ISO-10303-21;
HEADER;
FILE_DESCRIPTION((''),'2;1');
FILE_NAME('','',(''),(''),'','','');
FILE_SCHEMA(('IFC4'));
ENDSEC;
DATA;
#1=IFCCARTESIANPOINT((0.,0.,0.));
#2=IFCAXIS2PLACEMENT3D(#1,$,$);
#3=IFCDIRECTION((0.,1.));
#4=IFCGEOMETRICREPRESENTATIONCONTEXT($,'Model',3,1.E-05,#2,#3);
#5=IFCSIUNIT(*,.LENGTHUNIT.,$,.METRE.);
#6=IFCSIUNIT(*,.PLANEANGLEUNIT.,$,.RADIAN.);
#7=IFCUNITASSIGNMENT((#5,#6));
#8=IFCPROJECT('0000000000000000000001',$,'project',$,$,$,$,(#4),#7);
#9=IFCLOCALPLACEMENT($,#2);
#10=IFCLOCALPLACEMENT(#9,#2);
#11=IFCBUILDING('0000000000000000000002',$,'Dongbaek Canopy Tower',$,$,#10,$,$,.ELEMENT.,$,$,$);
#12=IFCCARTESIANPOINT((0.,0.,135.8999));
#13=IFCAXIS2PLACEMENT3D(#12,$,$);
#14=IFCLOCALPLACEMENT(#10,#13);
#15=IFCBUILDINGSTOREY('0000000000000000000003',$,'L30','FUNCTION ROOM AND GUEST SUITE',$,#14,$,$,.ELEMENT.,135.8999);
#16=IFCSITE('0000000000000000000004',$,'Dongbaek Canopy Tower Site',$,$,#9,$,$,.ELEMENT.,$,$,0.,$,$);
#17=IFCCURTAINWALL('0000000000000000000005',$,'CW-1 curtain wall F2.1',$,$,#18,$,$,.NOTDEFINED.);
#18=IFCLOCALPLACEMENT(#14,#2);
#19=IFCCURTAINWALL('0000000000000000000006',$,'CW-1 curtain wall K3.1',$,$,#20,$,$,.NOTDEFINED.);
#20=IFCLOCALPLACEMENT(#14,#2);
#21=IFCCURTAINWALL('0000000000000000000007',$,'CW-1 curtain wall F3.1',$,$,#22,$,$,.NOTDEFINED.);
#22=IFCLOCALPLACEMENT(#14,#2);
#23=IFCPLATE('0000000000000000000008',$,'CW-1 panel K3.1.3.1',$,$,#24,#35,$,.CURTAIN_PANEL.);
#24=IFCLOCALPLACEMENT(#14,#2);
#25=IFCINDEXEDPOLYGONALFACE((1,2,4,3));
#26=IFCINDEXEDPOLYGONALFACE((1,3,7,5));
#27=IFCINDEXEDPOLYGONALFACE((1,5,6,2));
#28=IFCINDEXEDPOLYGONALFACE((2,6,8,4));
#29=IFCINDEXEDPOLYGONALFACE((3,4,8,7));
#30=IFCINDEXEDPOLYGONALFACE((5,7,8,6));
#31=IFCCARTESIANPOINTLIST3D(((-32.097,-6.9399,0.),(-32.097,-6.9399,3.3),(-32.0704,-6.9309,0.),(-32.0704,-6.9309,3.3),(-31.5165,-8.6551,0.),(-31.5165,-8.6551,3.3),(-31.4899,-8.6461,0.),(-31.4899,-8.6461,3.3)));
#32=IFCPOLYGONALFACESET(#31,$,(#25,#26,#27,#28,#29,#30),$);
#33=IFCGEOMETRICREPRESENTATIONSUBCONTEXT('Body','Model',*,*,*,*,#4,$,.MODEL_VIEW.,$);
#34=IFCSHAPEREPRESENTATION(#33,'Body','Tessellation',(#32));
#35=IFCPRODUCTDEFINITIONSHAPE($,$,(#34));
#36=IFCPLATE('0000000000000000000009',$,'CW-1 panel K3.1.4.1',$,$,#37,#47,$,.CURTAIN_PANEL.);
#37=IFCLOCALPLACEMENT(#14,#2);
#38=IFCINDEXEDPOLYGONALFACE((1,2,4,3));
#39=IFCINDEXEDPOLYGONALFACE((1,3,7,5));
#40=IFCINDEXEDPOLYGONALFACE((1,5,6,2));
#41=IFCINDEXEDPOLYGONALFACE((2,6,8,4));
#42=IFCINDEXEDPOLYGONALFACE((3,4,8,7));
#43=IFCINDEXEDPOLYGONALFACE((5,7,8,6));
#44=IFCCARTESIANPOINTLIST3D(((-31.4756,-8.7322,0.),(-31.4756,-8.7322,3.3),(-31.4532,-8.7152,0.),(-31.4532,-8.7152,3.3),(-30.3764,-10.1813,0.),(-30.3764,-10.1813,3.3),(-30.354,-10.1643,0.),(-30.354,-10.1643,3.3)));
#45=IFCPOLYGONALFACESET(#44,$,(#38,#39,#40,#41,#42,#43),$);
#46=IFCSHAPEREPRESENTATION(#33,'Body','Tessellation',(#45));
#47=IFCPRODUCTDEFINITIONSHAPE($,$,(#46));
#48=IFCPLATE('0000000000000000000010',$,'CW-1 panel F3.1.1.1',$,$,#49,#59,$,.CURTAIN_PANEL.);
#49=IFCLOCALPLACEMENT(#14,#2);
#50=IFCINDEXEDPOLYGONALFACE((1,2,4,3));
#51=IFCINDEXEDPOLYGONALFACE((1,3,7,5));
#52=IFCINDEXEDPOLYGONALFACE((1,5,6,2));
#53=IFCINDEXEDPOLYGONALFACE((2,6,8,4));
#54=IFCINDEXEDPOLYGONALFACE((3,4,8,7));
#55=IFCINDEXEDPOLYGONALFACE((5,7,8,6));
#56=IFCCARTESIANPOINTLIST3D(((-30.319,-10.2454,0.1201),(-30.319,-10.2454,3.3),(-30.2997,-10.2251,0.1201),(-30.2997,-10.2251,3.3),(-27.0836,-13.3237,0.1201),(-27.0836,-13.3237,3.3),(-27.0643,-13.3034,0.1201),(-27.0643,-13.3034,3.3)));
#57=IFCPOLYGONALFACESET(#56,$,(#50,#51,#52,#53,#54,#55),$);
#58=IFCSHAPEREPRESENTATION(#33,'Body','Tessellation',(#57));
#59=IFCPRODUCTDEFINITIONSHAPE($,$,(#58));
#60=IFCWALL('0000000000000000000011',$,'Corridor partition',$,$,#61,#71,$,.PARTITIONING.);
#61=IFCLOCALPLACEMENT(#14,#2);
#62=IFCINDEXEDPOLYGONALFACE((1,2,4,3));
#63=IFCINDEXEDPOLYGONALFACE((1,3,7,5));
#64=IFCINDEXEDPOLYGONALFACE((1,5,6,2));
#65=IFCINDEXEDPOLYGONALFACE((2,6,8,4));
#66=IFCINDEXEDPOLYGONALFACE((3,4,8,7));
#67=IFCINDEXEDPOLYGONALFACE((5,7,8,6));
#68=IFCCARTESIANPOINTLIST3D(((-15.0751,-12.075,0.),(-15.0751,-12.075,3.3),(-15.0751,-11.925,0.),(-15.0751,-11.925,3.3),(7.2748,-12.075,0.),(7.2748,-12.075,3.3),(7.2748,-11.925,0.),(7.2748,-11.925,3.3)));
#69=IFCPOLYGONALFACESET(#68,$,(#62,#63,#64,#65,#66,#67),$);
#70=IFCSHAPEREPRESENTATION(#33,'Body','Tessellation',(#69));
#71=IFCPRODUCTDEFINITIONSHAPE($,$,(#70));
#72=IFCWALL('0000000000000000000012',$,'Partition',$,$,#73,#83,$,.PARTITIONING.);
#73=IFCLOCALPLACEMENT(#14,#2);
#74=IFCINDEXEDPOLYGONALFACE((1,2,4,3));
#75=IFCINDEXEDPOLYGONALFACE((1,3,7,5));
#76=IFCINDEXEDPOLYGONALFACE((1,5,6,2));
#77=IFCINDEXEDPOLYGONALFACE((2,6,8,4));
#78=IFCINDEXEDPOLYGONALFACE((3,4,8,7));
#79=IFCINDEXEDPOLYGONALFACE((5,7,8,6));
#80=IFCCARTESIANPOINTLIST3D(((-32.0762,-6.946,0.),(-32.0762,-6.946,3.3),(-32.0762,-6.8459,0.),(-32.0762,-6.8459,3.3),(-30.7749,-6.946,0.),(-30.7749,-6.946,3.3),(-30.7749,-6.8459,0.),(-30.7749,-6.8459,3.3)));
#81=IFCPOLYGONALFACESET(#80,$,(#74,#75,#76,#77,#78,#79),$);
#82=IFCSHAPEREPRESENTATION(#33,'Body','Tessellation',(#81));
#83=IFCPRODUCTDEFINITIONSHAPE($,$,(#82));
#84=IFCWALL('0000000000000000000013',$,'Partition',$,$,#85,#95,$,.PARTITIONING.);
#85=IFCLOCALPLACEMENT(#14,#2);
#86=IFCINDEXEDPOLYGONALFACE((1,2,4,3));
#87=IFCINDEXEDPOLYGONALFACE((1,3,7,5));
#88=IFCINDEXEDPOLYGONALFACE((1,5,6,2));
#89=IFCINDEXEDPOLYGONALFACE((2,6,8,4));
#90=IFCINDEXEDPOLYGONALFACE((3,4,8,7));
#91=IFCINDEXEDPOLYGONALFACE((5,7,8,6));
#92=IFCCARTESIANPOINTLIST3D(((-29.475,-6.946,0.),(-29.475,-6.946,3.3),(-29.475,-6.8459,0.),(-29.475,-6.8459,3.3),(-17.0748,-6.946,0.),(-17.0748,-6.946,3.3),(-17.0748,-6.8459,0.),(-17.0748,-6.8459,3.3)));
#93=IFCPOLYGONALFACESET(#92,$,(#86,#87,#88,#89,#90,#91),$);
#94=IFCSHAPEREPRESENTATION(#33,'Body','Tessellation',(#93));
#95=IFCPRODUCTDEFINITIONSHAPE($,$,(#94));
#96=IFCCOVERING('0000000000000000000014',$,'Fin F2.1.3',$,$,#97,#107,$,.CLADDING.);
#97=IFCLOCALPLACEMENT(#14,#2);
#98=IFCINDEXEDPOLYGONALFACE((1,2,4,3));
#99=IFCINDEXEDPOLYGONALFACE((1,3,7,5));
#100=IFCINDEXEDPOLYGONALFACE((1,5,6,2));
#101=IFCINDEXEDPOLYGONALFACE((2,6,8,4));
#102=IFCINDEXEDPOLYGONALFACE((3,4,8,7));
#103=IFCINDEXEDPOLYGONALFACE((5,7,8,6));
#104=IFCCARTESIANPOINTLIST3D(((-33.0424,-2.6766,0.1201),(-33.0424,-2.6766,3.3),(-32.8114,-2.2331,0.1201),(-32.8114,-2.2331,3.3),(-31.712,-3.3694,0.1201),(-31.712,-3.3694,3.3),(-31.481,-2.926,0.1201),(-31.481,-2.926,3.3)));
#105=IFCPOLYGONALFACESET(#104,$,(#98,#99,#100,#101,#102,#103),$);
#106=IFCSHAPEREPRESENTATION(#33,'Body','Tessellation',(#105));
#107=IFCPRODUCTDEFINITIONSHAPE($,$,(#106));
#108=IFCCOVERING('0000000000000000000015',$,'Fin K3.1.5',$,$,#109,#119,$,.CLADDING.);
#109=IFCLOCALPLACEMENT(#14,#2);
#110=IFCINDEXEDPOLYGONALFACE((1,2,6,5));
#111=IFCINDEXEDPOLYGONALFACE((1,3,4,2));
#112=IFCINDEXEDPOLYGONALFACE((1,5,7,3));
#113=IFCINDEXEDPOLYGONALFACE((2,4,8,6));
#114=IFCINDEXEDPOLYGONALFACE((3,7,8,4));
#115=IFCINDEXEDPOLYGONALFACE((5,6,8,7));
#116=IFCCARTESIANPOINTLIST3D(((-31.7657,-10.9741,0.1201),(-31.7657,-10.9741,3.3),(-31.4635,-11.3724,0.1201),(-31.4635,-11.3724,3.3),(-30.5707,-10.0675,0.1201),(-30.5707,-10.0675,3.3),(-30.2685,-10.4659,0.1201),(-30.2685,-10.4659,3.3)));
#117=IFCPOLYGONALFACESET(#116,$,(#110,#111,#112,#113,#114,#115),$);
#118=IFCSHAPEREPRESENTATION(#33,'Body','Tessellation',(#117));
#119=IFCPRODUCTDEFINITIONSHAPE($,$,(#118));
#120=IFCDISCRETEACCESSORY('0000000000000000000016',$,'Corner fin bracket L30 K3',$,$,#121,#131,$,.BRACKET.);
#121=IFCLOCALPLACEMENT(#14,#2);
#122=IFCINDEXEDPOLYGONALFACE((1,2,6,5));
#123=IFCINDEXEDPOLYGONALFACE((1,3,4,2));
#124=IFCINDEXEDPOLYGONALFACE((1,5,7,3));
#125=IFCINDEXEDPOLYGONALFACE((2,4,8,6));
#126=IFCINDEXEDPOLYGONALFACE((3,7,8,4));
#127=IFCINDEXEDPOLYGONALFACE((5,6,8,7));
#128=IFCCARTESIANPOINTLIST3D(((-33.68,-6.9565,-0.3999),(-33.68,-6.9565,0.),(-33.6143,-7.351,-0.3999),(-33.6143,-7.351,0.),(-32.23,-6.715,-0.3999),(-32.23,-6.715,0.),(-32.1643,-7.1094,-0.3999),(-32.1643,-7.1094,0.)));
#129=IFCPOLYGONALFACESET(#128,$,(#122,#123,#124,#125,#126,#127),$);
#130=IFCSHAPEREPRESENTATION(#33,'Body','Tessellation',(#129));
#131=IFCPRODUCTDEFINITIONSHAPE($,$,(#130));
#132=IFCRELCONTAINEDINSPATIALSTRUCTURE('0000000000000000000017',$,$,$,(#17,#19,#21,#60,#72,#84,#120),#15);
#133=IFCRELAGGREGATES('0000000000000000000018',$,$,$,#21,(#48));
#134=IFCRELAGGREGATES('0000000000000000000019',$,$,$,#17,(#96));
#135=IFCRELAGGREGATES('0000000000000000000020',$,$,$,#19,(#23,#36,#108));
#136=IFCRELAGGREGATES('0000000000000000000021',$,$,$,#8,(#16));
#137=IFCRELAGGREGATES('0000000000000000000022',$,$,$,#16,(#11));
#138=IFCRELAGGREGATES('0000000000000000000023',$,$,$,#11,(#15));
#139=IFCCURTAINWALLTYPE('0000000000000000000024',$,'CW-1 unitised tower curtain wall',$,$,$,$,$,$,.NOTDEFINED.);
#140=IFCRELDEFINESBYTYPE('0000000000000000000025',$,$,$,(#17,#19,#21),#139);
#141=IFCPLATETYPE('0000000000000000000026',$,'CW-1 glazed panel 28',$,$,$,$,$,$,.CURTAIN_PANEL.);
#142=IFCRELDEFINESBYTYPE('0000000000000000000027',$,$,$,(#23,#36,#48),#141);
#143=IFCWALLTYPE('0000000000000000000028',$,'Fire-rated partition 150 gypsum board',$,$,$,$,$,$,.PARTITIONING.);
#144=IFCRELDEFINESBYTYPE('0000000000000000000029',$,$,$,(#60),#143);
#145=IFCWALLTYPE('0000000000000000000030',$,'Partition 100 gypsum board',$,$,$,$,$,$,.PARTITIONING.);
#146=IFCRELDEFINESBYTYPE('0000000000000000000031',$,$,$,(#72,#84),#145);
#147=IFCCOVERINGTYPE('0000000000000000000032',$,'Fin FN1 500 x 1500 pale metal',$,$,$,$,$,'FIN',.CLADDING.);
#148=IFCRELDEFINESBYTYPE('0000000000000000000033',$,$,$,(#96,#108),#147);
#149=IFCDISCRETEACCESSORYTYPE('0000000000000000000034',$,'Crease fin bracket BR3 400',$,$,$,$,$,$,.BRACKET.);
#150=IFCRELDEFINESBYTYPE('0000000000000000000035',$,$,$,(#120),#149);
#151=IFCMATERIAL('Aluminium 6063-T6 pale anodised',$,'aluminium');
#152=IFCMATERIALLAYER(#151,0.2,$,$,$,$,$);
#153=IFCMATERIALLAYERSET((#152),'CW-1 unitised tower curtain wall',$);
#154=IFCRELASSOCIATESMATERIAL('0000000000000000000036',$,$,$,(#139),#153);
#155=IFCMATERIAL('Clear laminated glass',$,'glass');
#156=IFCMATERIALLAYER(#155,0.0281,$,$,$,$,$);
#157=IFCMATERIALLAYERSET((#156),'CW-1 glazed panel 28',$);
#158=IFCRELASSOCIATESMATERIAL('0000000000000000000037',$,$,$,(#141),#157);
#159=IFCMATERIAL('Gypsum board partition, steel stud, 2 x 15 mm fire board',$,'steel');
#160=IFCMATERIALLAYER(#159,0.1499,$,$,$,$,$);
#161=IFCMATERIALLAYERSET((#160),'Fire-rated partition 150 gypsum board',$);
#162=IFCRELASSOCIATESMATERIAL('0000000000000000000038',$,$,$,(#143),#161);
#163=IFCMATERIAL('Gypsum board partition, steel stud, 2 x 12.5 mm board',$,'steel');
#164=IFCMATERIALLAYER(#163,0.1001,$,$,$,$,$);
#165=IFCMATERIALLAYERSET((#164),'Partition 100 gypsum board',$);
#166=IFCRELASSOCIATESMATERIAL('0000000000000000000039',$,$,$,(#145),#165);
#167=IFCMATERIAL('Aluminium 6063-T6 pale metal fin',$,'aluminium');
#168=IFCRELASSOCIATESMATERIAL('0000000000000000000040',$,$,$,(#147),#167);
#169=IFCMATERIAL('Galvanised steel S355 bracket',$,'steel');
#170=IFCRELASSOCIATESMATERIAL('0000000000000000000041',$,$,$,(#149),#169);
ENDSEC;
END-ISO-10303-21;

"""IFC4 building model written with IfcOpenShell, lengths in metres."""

from ifc_helpers import new_model, si_unit, direction, frame, frame_2d, origin, origin_2d, place, context, subcontext, project, spatial, rectangle, extrude, material, layer, layer_set, material_profile, profile_set, type_object, element, aggregate, save


model = new_model("IFC4")

# Units and contexts
model_context = context("Model", 3, precision=1e-05, world=origin(), true_north=direction((0.0, 1.0)))
body_context = subcontext(model_context, "Body", "Model", "MODEL_VIEW")
ifc_project = project(units=[si_unit("LENGTHUNIT", "METRE"), si_unit("PLANEANGLEUNIT", "RADIAN")], contexts=[model_context])

# Site, building, storey
site_placement = place(None, origin())
site = spatial("IfcSite", under=ifc_project, at=site_placement, Name="Dongbaek Canopy Tower Site", CompositionType="ELEMENT", RefElevation=0.0)
building_placement = place(site_placement, origin())
building = spatial("IfcBuilding", under=site, at=building_placement, Name="Dongbaek Canopy Tower", CompositionType="ELEMENT")
storey_placement = place(building_placement, frame((0.0, 0.0, 135.8999)))
storey = spatial("IfcBuildingStorey", under=building, at=storey_placement, Name="L30", Description="FUNCTION ROOM AND GUEST SUITE", CompositionType="ELEMENT", Elevation=135.8999)

# Curtain wall
ifc_material_1 = material(Name="Aluminium 6063-T6 pale anodised", Category="aluminium")
ifc_layer_1 = layer(ifc_material_1, 0.2)
ifc_layer_set_1 = layer_set([ifc_layer_1], Name="CW-1 unitised tower curtain wall")
curtain_wall_type = type_object("IfcCurtainWallType", Name="CW-1 unitised tower curtain wall", PredefinedType="NOTDEFINED", material=ifc_layer_set_1)
curtain_wall_1_placement = place(storey_placement, origin())
curtain_wall_1 = element("IfcCurtainWall", 1, at=curtain_wall_1_placement, inside=storey, type_object=curtain_wall_type, Name="CW-1 curtain wall F2.1", PredefinedType="NOTDEFINED")

# Curtain wall
curtain_wall_2_placement = place(storey_placement, origin())
curtain_wall_2 = element("IfcCurtainWall", 2, at=curtain_wall_2_placement, inside=storey, type_object=curtain_wall_type, Name="CW-1 curtain wall K3.1", PredefinedType="NOTDEFINED")

# Curtain wall
curtain_wall_3_placement = place(storey_placement, origin())
curtain_wall_3 = element("IfcCurtainWall", 3, at=curtain_wall_3_placement, inside=storey, type_object=curtain_wall_type, Name="CW-1 curtain wall F3.1", PredefinedType="NOTDEFINED")

# Plates
ifc_material_2 = material(Name="Clear laminated glass", Category="glass")
ifc_layer_2 = layer(ifc_material_2, 0.0281)
ifc_layer_set_2 = layer_set([ifc_layer_2], Name="CW-1 glazed panel 28")
plate_type = type_object("IfcPlateType", Name="CW-1 glazed panel 28", PredefinedType="CURTAIN_PANEL", material=ifc_layer_set_2)
plate_1_placement = place(storey_placement, frame((-31.7935, -7.793, 0.0), z_axis=(0.0, 0.0, 1.0), x_axis=(0.320601, -0.947214, 0.0)))
plate_1 = element("IfcPlate", 4, at=plate_1_placement, type_object=plate_type, Name="CW-1 panel K3.1.3.1", PredefinedType="CURTAIN_PANEL", context=body_context, shape_type="SweptSolid", body=[
    extrude(rectangle(XDim=1.8108, YDim=0.0281, at=origin_2d()), origin(), (0.0, 0.0, 1.0), 3.3),
])
plate_2_placement = place(storey_placement, frame((-30.9148, -9.4482, 0.0), z_axis=(0.0, 0.0, 1.0), x_axis=(0.604365, -0.796707, 0.0)))
plate_2 = element("IfcPlate", 5, at=plate_2_placement, type_object=plate_type, Name="CW-1 panel K3.1.4.1", PredefinedType="CURTAIN_PANEL", context=body_context, shape_type="SweptSolid", body=[
    extrude(rectangle(XDim=1.8188, YDim=0.0281, at=origin_2d()), origin(), (0.0, 0.0, 1.0), 3.3),
])
plate_3_placement = place(storey_placement, frame((-28.6917, -11.7744, 0.1201), z_axis=(0.0, 0.0, 1.0), x_axis=(0.724474, -0.689302, 0.0)))
plate_3 = element("IfcPlate", 6, at=plate_3_placement, type_object=plate_type, Name="CW-1 panel F3.1.1.1", PredefinedType="CURTAIN_PANEL", context=body_context, shape_type="SweptSolid", body=[
    extrude(rectangle(XDim=4.4658, YDim=0.0281, at=origin_2d()), origin(), (0.0, 0.0, 1.0), 3.1799),
])
aggregate(curtain_wall_3, [plate_3])

# Walls
ifc_material_3 = material(Name="Gypsum board partition, steel stud, 2 x 15 mm fire board", Category="steel")
ifc_layer_3 = layer(ifc_material_3, 0.1499)
ifc_layer_set_3 = layer_set([ifc_layer_3], Name="Fire-rated partition 150 gypsum board")
wall_type_1 = type_object("IfcWallType", Name="Fire-rated partition 150 gypsum board", PredefinedType="PARTITIONING", material=ifc_layer_set_3)
wall_1_placement = place(storey_placement, frame((-15.075, -12.0, 0.0), z_axis=(0.0, 0.0, 1.0), x_axis=(1.0, 0.0, 0.0)))
element("IfcWall", 7, at=wall_1_placement, inside=storey, type_object=wall_type_1, Name="Corridor partition", PredefinedType="PARTITIONING", context=body_context, shape_type="SweptSolid", body=[
    extrude(rectangle(XDim=22.3499, YDim=0.1499, at=frame_2d((11.1748, 0.0))), origin(), (0.0, 0.0, 1.0), 3.3),
])
ifc_material_4 = material(Name="Gypsum board partition, steel stud, 2 x 12.5 mm board", Category="steel")
ifc_layer_4 = layer(ifc_material_4, 0.1001)
ifc_layer_set_4 = layer_set([ifc_layer_4], Name="Partition 100 gypsum board")
wall_type_2 = type_object("IfcWallType", Name="Partition 100 gypsum board", PredefinedType="PARTITIONING", material=ifc_layer_set_4)
wall_2_placement = place(storey_placement, frame((-32.0762, -6.896, 0.0), z_axis=(0.0, 0.0, 1.0), x_axis=(1.0, 0.0, 0.0)))
element("IfcWall", 8, at=wall_2_placement, inside=storey, type_object=wall_type_2, Name="Partition", PredefinedType="PARTITIONING", context=body_context, shape_type="SweptSolid", body=[
    extrude(rectangle(XDim=1.3013, YDim=0.1001, at=frame_2d((0.6506, 0.0))), origin(), (0.0, 0.0, 1.0), 3.3),
])
wall_3_placement = place(storey_placement, frame((-29.4751, -6.896, 0.0), z_axis=(0.0, 0.0, 1.0), x_axis=(1.0, 0.0, 0.0)))
element("IfcWall", 9, at=wall_3_placement, inside=storey, type_object=wall_type_2, Name="Partition", PredefinedType="PARTITIONING", context=body_context, shape_type="SweptSolid", body=[
    extrude(rectangle(XDim=12.4001, YDim=0.1001, at=frame_2d((6.2002, 0.0))), origin(), (0.0, 0.0, 1.0), 3.3),
])

# Coverings
ifc_material_5 = material(Name="Aluminium 6063-T6 pale metal fin", Category="aluminium")
ifc_material_profile_1 = material_profile(ifc_material_5, rectangle(XDim=1.5, YDim=0.5, at=origin_2d()), Name="Fin FN1 500 x 1500 pale metal")
ifc_profile_set_1 = profile_set([ifc_material_profile_1], Name="Aluminium 6063-T6 pale metal fin")
covering_type = type_object("IfcCoveringType", Name="Fin FN1 500 x 1500 pale metal", ElementType="FIN", PredefinedType="CLADDING", material=ifc_profile_set_1)
covering_1_placement = place(storey_placement, frame((-32.2617, -2.8013, 0.1201), z_axis=(0.0, 0.0, 1.0), x_axis=(-0.886927, 0.46191, 0.0)))
covering_1 = element("IfcCovering", 10, at=covering_1_placement, type_object=covering_type, Name="Fin F2.1.3", PredefinedType="CLADDING", context=body_context, shape_type="SweptSolid", body=[
    extrude(rectangle(XDim=1.5, YDim=0.5, at=origin_2d()), origin(), (0.0, 0.0, 1.0), 3.1799),
])
aggregate(curtain_wall_1, [covering_1])
covering_2_placement = place(storey_placement, frame((-31.0171, -10.72, 0.1201), z_axis=(0.0, 0.0, 1.0), x_axis=(-0.796707, -0.604365, 0.0)))
covering_2 = element("IfcCovering", 11, at=covering_2_placement, type_object=covering_type, Name="Fin K3.1.5", PredefinedType="CLADDING", context=body_context, shape_type="SweptSolid", body=[
    extrude(rectangle(XDim=1.5, YDim=0.5, at=origin_2d()), origin(), (0.0, 0.0, 1.0), 3.1799),
])
aggregate(curtain_wall_2, [plate_1, plate_2, covering_2])

# Discrete accessory
ifc_material_6 = material(Name="Galvanised steel S355 bracket", Category="steel")
discrete_accessory_type = type_object("IfcDiscreteAccessoryType", Name="Crease fin bracket BR3 400", PredefinedType="BRACKET", material=ifc_material_6)
discrete_accessory_placement = place(storey_placement, frame((-32.9221, -7.033, -0.3999), z_axis=(0.0, 0.0, 1.0), x_axis=(-0.986408, -0.164313, 0.0)))
element("IfcDiscreteAccessory", 12, at=discrete_accessory_placement, inside=storey, type_object=discrete_accessory_type, Name="Corner fin bracket L30 K3", PredefinedType="BRACKET", context=body_context, shape_type="SweptSolid", body=[
    extrude(rectangle(XDim=1.47, YDim=0.3999, at=origin_2d()), origin(), (0.0, 0.0, 1.0), 0.3999),
])

save(model, "model.ifc")
